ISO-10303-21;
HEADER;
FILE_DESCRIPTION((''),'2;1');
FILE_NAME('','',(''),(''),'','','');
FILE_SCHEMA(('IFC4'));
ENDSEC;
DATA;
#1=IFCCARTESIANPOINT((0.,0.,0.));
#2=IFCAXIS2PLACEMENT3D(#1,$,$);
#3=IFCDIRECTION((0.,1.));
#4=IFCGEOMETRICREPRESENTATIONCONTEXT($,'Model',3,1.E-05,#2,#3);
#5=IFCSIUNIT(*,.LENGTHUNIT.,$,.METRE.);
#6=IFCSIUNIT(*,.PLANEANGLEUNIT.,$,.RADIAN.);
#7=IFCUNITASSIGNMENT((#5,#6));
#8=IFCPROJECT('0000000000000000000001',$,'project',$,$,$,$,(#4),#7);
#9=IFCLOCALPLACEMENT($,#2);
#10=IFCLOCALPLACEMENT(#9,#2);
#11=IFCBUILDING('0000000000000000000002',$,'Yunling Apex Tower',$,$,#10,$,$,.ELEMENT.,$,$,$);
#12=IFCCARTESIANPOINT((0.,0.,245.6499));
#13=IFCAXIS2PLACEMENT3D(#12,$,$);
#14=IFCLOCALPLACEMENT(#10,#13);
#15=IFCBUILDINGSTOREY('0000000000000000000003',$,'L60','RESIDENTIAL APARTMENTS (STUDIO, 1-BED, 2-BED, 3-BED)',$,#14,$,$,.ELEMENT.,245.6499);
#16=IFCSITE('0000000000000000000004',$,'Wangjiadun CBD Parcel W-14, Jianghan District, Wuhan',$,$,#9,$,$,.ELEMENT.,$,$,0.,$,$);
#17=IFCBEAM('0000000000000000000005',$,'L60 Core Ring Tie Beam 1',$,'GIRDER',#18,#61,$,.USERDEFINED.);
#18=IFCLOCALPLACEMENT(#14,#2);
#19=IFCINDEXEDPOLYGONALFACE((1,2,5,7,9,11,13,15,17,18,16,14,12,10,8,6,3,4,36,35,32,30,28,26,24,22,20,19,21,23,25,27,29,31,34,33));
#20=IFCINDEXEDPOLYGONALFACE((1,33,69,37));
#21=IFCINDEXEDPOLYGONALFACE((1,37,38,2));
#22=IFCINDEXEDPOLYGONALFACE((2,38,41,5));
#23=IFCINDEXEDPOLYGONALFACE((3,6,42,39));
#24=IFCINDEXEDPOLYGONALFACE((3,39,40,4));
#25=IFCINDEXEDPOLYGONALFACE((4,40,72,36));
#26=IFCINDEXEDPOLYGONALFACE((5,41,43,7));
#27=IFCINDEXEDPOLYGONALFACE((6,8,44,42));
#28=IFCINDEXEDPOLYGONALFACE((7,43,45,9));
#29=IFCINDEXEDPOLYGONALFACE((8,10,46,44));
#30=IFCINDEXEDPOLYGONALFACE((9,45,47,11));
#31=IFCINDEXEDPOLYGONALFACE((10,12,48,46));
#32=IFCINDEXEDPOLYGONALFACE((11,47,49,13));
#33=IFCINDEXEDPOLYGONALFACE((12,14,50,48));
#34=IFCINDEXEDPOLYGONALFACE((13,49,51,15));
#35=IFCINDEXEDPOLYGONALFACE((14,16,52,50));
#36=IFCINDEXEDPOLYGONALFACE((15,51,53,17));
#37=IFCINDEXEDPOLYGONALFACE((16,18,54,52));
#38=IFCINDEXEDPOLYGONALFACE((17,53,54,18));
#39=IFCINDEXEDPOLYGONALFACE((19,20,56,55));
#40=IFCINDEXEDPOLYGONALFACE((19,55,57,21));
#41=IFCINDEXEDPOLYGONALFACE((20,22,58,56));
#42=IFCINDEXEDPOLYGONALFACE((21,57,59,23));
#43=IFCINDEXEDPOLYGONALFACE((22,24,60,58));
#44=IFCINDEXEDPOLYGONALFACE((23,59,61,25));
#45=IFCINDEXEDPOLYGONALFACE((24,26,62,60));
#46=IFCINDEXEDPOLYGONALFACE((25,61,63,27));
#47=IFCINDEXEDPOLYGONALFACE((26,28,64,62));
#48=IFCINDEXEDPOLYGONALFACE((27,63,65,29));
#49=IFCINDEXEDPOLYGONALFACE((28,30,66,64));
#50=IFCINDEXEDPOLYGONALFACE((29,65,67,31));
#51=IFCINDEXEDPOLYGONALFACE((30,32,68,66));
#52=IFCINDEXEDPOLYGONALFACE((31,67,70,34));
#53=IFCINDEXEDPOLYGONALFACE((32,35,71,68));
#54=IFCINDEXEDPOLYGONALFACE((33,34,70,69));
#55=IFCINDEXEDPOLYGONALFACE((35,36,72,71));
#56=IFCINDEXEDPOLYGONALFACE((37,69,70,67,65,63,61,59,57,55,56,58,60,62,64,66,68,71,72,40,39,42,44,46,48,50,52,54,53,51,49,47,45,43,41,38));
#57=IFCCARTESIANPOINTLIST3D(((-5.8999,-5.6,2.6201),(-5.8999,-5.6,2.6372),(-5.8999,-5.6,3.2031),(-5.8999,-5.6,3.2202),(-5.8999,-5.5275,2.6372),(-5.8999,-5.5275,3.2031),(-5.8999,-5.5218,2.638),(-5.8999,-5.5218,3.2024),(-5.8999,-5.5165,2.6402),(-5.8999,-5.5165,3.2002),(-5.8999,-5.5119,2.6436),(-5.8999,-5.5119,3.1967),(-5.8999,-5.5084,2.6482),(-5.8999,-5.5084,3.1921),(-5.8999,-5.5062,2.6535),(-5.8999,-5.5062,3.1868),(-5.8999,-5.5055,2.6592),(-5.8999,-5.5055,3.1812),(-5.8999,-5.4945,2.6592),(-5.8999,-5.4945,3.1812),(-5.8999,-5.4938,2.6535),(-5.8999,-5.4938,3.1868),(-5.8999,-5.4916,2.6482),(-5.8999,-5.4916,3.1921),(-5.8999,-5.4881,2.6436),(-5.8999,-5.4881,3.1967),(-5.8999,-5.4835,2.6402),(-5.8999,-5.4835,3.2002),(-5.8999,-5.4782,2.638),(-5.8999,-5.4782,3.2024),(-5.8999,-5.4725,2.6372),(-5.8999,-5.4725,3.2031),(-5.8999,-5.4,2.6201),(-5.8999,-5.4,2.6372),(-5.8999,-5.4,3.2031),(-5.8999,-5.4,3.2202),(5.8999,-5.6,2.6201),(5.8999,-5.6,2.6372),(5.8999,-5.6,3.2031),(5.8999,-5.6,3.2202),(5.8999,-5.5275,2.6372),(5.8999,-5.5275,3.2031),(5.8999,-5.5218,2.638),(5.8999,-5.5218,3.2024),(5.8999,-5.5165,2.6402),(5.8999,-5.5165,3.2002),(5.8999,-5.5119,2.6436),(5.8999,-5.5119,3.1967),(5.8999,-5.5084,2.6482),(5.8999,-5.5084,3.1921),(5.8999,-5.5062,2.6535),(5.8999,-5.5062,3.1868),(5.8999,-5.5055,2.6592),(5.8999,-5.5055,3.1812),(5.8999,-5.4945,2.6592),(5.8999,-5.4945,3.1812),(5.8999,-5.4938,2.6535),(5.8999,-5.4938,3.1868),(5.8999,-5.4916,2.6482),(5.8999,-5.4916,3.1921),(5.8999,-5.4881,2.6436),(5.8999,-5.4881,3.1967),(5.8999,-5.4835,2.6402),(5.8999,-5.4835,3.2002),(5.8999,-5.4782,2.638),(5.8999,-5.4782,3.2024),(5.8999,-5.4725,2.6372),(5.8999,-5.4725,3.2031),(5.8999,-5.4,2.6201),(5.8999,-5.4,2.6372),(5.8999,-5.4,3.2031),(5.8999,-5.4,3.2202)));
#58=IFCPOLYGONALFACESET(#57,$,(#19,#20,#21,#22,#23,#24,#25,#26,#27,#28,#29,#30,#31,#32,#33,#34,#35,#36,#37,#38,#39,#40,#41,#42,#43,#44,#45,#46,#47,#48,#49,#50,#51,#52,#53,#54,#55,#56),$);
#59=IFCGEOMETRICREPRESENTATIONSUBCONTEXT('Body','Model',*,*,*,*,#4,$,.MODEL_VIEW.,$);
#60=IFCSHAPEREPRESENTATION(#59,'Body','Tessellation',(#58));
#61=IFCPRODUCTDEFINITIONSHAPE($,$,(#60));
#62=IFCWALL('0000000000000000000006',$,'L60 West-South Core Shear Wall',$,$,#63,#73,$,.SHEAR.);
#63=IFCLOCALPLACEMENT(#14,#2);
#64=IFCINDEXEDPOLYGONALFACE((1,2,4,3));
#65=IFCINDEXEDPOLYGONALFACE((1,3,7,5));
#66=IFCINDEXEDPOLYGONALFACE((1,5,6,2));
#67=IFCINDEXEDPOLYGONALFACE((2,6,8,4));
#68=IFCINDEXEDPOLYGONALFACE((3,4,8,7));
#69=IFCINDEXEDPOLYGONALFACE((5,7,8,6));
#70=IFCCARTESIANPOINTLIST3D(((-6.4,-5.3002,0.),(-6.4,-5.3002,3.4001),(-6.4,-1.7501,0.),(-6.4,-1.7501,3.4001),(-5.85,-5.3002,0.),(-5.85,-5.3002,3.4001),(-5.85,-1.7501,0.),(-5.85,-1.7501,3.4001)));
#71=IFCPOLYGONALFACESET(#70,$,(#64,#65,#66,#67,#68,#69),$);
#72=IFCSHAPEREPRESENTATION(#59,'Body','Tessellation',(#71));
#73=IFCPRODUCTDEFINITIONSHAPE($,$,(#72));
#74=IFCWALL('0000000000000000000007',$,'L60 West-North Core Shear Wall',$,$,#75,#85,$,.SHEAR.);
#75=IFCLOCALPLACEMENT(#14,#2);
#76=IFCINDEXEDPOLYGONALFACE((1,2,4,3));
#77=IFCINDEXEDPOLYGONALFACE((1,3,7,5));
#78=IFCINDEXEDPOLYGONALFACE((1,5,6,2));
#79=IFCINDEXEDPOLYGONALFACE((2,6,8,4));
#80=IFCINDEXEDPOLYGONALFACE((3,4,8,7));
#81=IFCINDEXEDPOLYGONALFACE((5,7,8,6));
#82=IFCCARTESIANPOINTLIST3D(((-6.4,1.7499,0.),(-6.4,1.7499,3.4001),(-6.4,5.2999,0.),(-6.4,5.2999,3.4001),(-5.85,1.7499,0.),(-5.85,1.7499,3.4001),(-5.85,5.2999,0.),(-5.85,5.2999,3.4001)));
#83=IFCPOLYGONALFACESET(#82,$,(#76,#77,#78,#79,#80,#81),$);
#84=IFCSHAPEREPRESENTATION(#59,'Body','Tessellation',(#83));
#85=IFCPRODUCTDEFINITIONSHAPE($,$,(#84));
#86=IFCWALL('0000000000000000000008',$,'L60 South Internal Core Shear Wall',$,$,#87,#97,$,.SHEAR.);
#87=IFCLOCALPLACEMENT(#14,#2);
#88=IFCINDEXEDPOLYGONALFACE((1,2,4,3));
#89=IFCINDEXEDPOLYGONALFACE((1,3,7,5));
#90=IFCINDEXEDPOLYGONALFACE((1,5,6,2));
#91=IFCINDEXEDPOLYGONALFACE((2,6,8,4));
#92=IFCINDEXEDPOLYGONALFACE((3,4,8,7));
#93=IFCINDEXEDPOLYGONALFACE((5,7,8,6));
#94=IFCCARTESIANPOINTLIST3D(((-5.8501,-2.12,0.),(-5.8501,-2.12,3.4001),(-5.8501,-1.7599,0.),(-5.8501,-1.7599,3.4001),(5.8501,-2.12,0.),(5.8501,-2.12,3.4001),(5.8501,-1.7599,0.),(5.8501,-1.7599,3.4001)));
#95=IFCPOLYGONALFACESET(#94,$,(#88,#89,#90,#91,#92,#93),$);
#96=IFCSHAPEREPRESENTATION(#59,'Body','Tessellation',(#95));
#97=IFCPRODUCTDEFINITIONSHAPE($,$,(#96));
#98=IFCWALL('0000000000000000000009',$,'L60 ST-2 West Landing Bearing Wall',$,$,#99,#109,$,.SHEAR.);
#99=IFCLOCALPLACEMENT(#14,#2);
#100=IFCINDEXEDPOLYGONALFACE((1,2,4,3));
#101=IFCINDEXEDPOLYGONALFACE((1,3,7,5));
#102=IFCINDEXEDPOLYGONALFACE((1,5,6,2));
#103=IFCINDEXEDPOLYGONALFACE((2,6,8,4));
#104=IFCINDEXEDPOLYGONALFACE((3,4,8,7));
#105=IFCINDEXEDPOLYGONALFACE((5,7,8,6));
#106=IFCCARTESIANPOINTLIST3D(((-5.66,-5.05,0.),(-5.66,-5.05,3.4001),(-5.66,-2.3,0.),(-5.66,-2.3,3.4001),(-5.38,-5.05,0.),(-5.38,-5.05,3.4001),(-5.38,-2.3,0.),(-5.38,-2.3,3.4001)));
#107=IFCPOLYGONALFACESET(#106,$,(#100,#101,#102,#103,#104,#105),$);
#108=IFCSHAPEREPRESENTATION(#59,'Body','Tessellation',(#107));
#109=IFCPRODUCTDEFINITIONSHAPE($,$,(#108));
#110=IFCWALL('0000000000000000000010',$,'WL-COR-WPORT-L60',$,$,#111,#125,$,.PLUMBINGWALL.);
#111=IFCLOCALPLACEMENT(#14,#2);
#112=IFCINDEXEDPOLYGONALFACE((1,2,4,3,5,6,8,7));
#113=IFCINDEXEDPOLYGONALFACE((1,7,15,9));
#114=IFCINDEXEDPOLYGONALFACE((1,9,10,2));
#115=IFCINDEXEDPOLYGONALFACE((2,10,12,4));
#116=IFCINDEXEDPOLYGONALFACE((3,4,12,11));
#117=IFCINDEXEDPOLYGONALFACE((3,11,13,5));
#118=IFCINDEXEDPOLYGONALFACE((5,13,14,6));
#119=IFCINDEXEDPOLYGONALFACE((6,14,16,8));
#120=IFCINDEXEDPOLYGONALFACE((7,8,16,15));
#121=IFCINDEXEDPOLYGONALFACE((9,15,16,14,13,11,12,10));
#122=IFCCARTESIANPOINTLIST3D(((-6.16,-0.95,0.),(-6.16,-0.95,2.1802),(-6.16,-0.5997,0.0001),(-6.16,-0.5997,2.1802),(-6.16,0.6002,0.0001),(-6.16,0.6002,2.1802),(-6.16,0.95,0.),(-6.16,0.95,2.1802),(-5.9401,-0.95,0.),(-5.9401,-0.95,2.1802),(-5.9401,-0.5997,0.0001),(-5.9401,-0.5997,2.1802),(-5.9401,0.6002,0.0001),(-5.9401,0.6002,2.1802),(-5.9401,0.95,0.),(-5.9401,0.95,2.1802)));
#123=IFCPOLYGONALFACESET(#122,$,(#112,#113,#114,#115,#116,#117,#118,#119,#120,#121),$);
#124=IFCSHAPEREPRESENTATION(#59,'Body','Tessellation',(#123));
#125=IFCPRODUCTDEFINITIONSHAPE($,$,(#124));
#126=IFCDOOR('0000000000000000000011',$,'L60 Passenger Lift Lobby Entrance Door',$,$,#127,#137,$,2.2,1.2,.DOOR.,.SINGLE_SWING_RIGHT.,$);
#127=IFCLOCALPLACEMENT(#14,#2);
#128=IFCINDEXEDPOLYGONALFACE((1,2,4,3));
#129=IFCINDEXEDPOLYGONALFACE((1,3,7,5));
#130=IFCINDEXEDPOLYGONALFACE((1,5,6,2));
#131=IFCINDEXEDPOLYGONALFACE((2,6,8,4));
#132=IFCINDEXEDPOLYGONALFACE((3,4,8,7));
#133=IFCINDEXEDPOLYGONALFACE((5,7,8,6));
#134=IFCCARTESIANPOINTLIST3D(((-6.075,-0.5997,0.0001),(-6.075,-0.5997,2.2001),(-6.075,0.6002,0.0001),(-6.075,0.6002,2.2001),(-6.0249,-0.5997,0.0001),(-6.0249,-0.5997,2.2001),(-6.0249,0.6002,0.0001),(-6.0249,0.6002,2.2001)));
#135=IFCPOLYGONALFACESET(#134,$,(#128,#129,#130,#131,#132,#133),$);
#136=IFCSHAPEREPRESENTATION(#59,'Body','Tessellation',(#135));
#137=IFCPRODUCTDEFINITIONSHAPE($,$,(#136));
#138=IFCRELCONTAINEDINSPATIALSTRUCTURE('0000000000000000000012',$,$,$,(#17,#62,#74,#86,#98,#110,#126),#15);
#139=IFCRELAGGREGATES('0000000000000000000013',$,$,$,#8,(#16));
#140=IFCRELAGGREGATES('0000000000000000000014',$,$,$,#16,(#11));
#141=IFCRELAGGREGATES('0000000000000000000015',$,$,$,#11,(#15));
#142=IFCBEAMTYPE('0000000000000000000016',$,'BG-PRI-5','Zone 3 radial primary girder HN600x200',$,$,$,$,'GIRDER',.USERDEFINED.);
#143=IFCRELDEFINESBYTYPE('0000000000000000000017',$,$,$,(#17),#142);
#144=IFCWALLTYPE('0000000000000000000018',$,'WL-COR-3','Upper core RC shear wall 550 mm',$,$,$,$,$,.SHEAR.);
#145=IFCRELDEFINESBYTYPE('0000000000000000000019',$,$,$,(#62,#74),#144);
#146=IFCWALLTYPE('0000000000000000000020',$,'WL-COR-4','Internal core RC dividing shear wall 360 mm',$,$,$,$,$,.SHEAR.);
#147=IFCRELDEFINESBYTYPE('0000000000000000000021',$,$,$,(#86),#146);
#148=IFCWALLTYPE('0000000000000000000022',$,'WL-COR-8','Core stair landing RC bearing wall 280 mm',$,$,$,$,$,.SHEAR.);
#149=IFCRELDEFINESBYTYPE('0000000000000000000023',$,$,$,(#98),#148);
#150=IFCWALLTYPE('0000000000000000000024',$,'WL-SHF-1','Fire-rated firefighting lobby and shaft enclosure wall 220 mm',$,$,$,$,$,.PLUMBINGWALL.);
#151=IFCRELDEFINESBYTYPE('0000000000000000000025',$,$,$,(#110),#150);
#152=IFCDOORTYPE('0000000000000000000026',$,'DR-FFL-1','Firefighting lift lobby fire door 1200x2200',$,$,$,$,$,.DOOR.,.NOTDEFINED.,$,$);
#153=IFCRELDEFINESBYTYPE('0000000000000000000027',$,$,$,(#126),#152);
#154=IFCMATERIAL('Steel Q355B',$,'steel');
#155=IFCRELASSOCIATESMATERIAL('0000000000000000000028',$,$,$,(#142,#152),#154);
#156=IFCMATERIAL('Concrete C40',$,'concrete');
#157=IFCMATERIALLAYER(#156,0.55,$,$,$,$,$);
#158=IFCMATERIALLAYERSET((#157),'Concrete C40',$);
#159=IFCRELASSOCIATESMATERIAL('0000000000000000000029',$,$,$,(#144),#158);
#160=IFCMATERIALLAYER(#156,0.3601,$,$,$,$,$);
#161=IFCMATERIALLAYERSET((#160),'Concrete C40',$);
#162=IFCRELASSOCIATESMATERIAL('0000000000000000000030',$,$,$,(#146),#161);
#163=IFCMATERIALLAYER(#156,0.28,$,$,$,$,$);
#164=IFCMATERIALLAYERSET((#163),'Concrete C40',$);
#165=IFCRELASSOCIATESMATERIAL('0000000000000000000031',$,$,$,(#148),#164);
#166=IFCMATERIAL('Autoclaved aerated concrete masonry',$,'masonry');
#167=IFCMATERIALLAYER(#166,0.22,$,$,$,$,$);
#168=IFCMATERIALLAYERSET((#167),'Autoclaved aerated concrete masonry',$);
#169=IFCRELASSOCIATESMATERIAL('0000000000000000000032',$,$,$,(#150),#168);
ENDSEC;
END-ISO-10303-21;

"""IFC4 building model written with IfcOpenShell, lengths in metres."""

from ifc_helpers import new_model, si_unit, direction, frame, frame_2d, origin, origin_2d, place, context, subcontext, project, spatial, rectangle, i_section, extrude, source, transform, mapped, material, layer, layer_set, material_profile, profile_set, type_object, element, fill, save


model = new_model("IFC4")

# Units and contexts
model_context = context("Model", 3, precision=1e-05, world=origin(), true_north=direction((0.0, 1.0)))
body_context = subcontext(model_context, "Body", "Model", "MODEL_VIEW")
ifc_project = project(units=[si_unit("LENGTHUNIT", "METRE"), si_unit("PLANEANGLEUNIT", "RADIAN")], contexts=[model_context])

# Site, building, storey
site_placement = place(None, origin())
site = spatial("IfcSite", under=ifc_project, at=site_placement, Name="Wangjiadun CBD Parcel W-14, Jianghan District, Wuhan", CompositionType="ELEMENT", RefElevation=0.0)
building_placement = place(site_placement, origin())
building = spatial("IfcBuilding", under=site, at=building_placement, Name="Yunling Apex Tower", CompositionType="ELEMENT")
storey_placement = place(building_placement, frame((0.0, 0.0, 245.6499)))
storey = spatial("IfcBuildingStorey", under=building, at=storey_placement, Name="L60", Description="RESIDENTIAL APARTMENTS (STUDIO, 1-BED, 2-BED, 3-BED)", CompositionType="ELEMENT", Elevation=245.6499)

# Beam
ifc_material_1 = material(Name="Steel Q355B", Category="steel")
ifc_material_2 = material(Name="Concrete C40", Category="concrete")
ifc_material_profile_1 = material_profile(ifc_material_1, i_section(OverallWidth=0.2, OverallDepth=0.6001, WebThickness=0.011, FlangeThickness=0.0171, FilletRadius=0.022, at=origin_2d()))
ifc_profile_set_1 = profile_set([ifc_material_profile_1], Name="Steel Q355B")
beam_type_1 = type_object("IfcBeamType", Name="BG-PRI-5", Description="Zone 3 radial primary girder HN600x200", ElementType="GIRDER", PredefinedType="USERDEFINED", material=ifc_profile_set_1)
shared_shape_1 = source(origin(), body_context, "Body", "SweptSolid", [
    extrude(i_section(OverallWidth=0.2, OverallDepth=0.6001, WebThickness=0.011, FlangeThickness=0.0171, FilletRadius=0.022, at=origin_2d()), origin(), (0.0, 0.0, 1.0), 11.7998),
])
beam_1_placement = place(storey_placement, frame((-5.8999, -5.5, 2.9202), z_axis=(1.0, 0.0, 0.0), x_axis=(0.0, 1.0, 0.0)))
element("IfcBeam", 1, at=beam_1_placement, inside=storey, type_object=beam_type_1, Name="L60 Core Ring Tie Beam 1", ObjectType="GIRDER", PredefinedType="USERDEFINED", context=body_context, shape_type="MappedRepresentation", body=[
    mapped(shared_shape_1, transform((0.0, 0.0, 0.0), scale=1.0)),
])

# Walls
ifc_layer_1 = layer(ifc_material_2, 0.55)
ifc_layer_set_1 = layer_set([ifc_layer_1], Name="Concrete C40")
wall_type_1 = type_object("IfcWallType", Name="WL-COR-3", Description="Upper core RC shear wall 550 mm", PredefinedType="SHEAR", material=ifc_layer_set_1)
for number, where, z_axis, x_axis, name in (
    (2, (-6.125, -5.3, 0.0), (0.0, 0.0, 1.0), (0.0, 1.0, 0.0), "L60 West-South Core Shear Wall"),
    (3, (-6.125, 1.75, 0.0), (0.0, 0.0, 1.0), (0.0, 1.0, 0.0), "L60 West-North Core Shear Wall"),
):
    element("IfcWall", number, at=place(storey_placement, frame(where, z_axis=z_axis, x_axis=x_axis)), inside=storey, type_object=wall_type_1, Name=name, PredefinedType="SHEAR", context=body_context, shape_type="SweptSolid", body=[
        extrude(rectangle(XDim=3.55, YDim=0.55, at=frame_2d((1.7749, 0.0))), origin(), (0.0, 0.0, 1.0), 3.4001),
    ])
ifc_layer_2 = layer(ifc_material_2, 0.3601)
ifc_layer_set_2 = layer_set([ifc_layer_2], Name="Concrete C40")
wall_type_2 = type_object("IfcWallType", Name="WL-COR-4", Description="Internal core RC dividing shear wall 360 mm", PredefinedType="SHEAR", material=ifc_layer_set_2)
wall_1_placement = place(storey_placement, frame((-5.8501, -1.9399, 0.0), z_axis=(0.0, 0.0, 1.0), x_axis=(1.0, 0.0, 0.0)))
element("IfcWall", 4, at=wall_1_placement, inside=storey, type_object=wall_type_2, Name="L60 South Internal Core Shear Wall", PredefinedType="SHEAR", context=body_context, shape_type="SweptSolid", body=[
    extrude(rectangle(XDim=11.7002, YDim=0.3601, at=frame_2d((5.8501, 0.0))), origin(), (0.0, 0.0, 1.0), 3.4001),
])
ifc_layer_3 = layer(ifc_material_2, 0.28)
ifc_layer_set_3 = layer_set([ifc_layer_3], Name="Concrete C40")
wall_type_3 = type_object("IfcWallType", Name="WL-COR-8", Description="Core stair landing RC bearing wall 280 mm", PredefinedType="SHEAR", material=ifc_layer_set_3)
wall_2_placement = place(storey_placement, frame((-5.52, -5.05, 0.0), z_axis=(0.0, 0.0, 1.0), x_axis=(0.0, 1.0, 0.0)))
element("IfcWall", 5, at=wall_2_placement, inside=storey, type_object=wall_type_3, Name="L60 ST-2 West Landing Bearing Wall", PredefinedType="SHEAR", context=body_context, shape_type="SweptSolid", body=[
    extrude(rectangle(XDim=2.75, YDim=0.28, at=frame_2d((1.375, 0.0))), origin(), (0.0, 0.0, 1.0), 3.4001),
])

# Wall, opening, door
ifc_material_3 = material(Name="Autoclaved aerated concrete masonry", Category="masonry")
ifc_layer_4 = layer(ifc_material_3, 0.22)
ifc_layer_set_4 = layer_set([ifc_layer_4], Name="Autoclaved aerated concrete masonry")
wall_type_4 = type_object("IfcWallType", Name="WL-SHF-1", Description="Fire-rated firefighting lobby and shaft enclosure wall 220 mm", PredefinedType="PLUMBINGWALL", material=ifc_layer_set_4)
wall_3_placement = place(storey_placement, frame((-6.05, -0.95, 0.0), z_axis=(0.0, 0.0, 1.0), x_axis=(0.0, 1.0, 0.0)))
wall_3 = element("IfcWall", 6, at=wall_3_placement, inside=storey, type_object=wall_type_4, Name="WL-COR-WPORT-L60", PredefinedType="PLUMBINGWALL", context=body_context, shape_type="SweptSolid", body=[
    extrude(rectangle(XDim=1.8999, YDim=0.22, at=frame_2d((0.95, 0.0))), origin(), (0.0, 0.0, 1.0), 2.1802),
])
opening_1_placement = place(wall_3_placement, frame((0.3501, 0.0, 0.0)))
opening_1 = element("IfcOpeningElement", 7, at=opening_1_placement, cuts=wall_3, PredefinedType="OPENING", context=body_context, shape_type="SweptSolid", body=[
    extrude(rectangle(XDim=1.2, YDim=2.2, at=frame_2d((0.6001, 1.1001))), frame((0.0, 0.1201, 0.0), z_axis=(0.0, -1.0, 0.0), x_axis=(1.0, 0.0, 0.0)), (0.0, 0.0, 1.0), 0.24),
])
door_type_1 = type_object("IfcDoorType", Name="DR-FFL-1", Description="Firefighting lift lobby fire door 1200x2200", OperationType="NOTDEFINED", PredefinedType="DOOR", material=ifc_material_1)
door_1_placement = place(opening_1_placement, origin())
door_1 = element("IfcDoor", 8, at=door_1_placement, inside=storey, type_object=door_type_1, Name="L60 Passenger Lift Lobby Entrance Door", OperationType="SINGLE_SWING_RIGHT", OverallHeight=2.2, OverallWidth=1.2, PredefinedType="DOOR", context=body_context, shape_type="SweptSolid", body=[
    extrude(rectangle(XDim=1.2, YDim=2.2, at=frame_2d((0.6001, 1.1001))), frame((0.0, 0.0249, 0.0), z_axis=(0.0, -1.0, 0.0), x_axis=(1.0, 0.0, 0.0)), (0.0, 0.0, 1.0), 0.05),
])
fill(opening_1, door_1)

save(model, "model.ifc")
